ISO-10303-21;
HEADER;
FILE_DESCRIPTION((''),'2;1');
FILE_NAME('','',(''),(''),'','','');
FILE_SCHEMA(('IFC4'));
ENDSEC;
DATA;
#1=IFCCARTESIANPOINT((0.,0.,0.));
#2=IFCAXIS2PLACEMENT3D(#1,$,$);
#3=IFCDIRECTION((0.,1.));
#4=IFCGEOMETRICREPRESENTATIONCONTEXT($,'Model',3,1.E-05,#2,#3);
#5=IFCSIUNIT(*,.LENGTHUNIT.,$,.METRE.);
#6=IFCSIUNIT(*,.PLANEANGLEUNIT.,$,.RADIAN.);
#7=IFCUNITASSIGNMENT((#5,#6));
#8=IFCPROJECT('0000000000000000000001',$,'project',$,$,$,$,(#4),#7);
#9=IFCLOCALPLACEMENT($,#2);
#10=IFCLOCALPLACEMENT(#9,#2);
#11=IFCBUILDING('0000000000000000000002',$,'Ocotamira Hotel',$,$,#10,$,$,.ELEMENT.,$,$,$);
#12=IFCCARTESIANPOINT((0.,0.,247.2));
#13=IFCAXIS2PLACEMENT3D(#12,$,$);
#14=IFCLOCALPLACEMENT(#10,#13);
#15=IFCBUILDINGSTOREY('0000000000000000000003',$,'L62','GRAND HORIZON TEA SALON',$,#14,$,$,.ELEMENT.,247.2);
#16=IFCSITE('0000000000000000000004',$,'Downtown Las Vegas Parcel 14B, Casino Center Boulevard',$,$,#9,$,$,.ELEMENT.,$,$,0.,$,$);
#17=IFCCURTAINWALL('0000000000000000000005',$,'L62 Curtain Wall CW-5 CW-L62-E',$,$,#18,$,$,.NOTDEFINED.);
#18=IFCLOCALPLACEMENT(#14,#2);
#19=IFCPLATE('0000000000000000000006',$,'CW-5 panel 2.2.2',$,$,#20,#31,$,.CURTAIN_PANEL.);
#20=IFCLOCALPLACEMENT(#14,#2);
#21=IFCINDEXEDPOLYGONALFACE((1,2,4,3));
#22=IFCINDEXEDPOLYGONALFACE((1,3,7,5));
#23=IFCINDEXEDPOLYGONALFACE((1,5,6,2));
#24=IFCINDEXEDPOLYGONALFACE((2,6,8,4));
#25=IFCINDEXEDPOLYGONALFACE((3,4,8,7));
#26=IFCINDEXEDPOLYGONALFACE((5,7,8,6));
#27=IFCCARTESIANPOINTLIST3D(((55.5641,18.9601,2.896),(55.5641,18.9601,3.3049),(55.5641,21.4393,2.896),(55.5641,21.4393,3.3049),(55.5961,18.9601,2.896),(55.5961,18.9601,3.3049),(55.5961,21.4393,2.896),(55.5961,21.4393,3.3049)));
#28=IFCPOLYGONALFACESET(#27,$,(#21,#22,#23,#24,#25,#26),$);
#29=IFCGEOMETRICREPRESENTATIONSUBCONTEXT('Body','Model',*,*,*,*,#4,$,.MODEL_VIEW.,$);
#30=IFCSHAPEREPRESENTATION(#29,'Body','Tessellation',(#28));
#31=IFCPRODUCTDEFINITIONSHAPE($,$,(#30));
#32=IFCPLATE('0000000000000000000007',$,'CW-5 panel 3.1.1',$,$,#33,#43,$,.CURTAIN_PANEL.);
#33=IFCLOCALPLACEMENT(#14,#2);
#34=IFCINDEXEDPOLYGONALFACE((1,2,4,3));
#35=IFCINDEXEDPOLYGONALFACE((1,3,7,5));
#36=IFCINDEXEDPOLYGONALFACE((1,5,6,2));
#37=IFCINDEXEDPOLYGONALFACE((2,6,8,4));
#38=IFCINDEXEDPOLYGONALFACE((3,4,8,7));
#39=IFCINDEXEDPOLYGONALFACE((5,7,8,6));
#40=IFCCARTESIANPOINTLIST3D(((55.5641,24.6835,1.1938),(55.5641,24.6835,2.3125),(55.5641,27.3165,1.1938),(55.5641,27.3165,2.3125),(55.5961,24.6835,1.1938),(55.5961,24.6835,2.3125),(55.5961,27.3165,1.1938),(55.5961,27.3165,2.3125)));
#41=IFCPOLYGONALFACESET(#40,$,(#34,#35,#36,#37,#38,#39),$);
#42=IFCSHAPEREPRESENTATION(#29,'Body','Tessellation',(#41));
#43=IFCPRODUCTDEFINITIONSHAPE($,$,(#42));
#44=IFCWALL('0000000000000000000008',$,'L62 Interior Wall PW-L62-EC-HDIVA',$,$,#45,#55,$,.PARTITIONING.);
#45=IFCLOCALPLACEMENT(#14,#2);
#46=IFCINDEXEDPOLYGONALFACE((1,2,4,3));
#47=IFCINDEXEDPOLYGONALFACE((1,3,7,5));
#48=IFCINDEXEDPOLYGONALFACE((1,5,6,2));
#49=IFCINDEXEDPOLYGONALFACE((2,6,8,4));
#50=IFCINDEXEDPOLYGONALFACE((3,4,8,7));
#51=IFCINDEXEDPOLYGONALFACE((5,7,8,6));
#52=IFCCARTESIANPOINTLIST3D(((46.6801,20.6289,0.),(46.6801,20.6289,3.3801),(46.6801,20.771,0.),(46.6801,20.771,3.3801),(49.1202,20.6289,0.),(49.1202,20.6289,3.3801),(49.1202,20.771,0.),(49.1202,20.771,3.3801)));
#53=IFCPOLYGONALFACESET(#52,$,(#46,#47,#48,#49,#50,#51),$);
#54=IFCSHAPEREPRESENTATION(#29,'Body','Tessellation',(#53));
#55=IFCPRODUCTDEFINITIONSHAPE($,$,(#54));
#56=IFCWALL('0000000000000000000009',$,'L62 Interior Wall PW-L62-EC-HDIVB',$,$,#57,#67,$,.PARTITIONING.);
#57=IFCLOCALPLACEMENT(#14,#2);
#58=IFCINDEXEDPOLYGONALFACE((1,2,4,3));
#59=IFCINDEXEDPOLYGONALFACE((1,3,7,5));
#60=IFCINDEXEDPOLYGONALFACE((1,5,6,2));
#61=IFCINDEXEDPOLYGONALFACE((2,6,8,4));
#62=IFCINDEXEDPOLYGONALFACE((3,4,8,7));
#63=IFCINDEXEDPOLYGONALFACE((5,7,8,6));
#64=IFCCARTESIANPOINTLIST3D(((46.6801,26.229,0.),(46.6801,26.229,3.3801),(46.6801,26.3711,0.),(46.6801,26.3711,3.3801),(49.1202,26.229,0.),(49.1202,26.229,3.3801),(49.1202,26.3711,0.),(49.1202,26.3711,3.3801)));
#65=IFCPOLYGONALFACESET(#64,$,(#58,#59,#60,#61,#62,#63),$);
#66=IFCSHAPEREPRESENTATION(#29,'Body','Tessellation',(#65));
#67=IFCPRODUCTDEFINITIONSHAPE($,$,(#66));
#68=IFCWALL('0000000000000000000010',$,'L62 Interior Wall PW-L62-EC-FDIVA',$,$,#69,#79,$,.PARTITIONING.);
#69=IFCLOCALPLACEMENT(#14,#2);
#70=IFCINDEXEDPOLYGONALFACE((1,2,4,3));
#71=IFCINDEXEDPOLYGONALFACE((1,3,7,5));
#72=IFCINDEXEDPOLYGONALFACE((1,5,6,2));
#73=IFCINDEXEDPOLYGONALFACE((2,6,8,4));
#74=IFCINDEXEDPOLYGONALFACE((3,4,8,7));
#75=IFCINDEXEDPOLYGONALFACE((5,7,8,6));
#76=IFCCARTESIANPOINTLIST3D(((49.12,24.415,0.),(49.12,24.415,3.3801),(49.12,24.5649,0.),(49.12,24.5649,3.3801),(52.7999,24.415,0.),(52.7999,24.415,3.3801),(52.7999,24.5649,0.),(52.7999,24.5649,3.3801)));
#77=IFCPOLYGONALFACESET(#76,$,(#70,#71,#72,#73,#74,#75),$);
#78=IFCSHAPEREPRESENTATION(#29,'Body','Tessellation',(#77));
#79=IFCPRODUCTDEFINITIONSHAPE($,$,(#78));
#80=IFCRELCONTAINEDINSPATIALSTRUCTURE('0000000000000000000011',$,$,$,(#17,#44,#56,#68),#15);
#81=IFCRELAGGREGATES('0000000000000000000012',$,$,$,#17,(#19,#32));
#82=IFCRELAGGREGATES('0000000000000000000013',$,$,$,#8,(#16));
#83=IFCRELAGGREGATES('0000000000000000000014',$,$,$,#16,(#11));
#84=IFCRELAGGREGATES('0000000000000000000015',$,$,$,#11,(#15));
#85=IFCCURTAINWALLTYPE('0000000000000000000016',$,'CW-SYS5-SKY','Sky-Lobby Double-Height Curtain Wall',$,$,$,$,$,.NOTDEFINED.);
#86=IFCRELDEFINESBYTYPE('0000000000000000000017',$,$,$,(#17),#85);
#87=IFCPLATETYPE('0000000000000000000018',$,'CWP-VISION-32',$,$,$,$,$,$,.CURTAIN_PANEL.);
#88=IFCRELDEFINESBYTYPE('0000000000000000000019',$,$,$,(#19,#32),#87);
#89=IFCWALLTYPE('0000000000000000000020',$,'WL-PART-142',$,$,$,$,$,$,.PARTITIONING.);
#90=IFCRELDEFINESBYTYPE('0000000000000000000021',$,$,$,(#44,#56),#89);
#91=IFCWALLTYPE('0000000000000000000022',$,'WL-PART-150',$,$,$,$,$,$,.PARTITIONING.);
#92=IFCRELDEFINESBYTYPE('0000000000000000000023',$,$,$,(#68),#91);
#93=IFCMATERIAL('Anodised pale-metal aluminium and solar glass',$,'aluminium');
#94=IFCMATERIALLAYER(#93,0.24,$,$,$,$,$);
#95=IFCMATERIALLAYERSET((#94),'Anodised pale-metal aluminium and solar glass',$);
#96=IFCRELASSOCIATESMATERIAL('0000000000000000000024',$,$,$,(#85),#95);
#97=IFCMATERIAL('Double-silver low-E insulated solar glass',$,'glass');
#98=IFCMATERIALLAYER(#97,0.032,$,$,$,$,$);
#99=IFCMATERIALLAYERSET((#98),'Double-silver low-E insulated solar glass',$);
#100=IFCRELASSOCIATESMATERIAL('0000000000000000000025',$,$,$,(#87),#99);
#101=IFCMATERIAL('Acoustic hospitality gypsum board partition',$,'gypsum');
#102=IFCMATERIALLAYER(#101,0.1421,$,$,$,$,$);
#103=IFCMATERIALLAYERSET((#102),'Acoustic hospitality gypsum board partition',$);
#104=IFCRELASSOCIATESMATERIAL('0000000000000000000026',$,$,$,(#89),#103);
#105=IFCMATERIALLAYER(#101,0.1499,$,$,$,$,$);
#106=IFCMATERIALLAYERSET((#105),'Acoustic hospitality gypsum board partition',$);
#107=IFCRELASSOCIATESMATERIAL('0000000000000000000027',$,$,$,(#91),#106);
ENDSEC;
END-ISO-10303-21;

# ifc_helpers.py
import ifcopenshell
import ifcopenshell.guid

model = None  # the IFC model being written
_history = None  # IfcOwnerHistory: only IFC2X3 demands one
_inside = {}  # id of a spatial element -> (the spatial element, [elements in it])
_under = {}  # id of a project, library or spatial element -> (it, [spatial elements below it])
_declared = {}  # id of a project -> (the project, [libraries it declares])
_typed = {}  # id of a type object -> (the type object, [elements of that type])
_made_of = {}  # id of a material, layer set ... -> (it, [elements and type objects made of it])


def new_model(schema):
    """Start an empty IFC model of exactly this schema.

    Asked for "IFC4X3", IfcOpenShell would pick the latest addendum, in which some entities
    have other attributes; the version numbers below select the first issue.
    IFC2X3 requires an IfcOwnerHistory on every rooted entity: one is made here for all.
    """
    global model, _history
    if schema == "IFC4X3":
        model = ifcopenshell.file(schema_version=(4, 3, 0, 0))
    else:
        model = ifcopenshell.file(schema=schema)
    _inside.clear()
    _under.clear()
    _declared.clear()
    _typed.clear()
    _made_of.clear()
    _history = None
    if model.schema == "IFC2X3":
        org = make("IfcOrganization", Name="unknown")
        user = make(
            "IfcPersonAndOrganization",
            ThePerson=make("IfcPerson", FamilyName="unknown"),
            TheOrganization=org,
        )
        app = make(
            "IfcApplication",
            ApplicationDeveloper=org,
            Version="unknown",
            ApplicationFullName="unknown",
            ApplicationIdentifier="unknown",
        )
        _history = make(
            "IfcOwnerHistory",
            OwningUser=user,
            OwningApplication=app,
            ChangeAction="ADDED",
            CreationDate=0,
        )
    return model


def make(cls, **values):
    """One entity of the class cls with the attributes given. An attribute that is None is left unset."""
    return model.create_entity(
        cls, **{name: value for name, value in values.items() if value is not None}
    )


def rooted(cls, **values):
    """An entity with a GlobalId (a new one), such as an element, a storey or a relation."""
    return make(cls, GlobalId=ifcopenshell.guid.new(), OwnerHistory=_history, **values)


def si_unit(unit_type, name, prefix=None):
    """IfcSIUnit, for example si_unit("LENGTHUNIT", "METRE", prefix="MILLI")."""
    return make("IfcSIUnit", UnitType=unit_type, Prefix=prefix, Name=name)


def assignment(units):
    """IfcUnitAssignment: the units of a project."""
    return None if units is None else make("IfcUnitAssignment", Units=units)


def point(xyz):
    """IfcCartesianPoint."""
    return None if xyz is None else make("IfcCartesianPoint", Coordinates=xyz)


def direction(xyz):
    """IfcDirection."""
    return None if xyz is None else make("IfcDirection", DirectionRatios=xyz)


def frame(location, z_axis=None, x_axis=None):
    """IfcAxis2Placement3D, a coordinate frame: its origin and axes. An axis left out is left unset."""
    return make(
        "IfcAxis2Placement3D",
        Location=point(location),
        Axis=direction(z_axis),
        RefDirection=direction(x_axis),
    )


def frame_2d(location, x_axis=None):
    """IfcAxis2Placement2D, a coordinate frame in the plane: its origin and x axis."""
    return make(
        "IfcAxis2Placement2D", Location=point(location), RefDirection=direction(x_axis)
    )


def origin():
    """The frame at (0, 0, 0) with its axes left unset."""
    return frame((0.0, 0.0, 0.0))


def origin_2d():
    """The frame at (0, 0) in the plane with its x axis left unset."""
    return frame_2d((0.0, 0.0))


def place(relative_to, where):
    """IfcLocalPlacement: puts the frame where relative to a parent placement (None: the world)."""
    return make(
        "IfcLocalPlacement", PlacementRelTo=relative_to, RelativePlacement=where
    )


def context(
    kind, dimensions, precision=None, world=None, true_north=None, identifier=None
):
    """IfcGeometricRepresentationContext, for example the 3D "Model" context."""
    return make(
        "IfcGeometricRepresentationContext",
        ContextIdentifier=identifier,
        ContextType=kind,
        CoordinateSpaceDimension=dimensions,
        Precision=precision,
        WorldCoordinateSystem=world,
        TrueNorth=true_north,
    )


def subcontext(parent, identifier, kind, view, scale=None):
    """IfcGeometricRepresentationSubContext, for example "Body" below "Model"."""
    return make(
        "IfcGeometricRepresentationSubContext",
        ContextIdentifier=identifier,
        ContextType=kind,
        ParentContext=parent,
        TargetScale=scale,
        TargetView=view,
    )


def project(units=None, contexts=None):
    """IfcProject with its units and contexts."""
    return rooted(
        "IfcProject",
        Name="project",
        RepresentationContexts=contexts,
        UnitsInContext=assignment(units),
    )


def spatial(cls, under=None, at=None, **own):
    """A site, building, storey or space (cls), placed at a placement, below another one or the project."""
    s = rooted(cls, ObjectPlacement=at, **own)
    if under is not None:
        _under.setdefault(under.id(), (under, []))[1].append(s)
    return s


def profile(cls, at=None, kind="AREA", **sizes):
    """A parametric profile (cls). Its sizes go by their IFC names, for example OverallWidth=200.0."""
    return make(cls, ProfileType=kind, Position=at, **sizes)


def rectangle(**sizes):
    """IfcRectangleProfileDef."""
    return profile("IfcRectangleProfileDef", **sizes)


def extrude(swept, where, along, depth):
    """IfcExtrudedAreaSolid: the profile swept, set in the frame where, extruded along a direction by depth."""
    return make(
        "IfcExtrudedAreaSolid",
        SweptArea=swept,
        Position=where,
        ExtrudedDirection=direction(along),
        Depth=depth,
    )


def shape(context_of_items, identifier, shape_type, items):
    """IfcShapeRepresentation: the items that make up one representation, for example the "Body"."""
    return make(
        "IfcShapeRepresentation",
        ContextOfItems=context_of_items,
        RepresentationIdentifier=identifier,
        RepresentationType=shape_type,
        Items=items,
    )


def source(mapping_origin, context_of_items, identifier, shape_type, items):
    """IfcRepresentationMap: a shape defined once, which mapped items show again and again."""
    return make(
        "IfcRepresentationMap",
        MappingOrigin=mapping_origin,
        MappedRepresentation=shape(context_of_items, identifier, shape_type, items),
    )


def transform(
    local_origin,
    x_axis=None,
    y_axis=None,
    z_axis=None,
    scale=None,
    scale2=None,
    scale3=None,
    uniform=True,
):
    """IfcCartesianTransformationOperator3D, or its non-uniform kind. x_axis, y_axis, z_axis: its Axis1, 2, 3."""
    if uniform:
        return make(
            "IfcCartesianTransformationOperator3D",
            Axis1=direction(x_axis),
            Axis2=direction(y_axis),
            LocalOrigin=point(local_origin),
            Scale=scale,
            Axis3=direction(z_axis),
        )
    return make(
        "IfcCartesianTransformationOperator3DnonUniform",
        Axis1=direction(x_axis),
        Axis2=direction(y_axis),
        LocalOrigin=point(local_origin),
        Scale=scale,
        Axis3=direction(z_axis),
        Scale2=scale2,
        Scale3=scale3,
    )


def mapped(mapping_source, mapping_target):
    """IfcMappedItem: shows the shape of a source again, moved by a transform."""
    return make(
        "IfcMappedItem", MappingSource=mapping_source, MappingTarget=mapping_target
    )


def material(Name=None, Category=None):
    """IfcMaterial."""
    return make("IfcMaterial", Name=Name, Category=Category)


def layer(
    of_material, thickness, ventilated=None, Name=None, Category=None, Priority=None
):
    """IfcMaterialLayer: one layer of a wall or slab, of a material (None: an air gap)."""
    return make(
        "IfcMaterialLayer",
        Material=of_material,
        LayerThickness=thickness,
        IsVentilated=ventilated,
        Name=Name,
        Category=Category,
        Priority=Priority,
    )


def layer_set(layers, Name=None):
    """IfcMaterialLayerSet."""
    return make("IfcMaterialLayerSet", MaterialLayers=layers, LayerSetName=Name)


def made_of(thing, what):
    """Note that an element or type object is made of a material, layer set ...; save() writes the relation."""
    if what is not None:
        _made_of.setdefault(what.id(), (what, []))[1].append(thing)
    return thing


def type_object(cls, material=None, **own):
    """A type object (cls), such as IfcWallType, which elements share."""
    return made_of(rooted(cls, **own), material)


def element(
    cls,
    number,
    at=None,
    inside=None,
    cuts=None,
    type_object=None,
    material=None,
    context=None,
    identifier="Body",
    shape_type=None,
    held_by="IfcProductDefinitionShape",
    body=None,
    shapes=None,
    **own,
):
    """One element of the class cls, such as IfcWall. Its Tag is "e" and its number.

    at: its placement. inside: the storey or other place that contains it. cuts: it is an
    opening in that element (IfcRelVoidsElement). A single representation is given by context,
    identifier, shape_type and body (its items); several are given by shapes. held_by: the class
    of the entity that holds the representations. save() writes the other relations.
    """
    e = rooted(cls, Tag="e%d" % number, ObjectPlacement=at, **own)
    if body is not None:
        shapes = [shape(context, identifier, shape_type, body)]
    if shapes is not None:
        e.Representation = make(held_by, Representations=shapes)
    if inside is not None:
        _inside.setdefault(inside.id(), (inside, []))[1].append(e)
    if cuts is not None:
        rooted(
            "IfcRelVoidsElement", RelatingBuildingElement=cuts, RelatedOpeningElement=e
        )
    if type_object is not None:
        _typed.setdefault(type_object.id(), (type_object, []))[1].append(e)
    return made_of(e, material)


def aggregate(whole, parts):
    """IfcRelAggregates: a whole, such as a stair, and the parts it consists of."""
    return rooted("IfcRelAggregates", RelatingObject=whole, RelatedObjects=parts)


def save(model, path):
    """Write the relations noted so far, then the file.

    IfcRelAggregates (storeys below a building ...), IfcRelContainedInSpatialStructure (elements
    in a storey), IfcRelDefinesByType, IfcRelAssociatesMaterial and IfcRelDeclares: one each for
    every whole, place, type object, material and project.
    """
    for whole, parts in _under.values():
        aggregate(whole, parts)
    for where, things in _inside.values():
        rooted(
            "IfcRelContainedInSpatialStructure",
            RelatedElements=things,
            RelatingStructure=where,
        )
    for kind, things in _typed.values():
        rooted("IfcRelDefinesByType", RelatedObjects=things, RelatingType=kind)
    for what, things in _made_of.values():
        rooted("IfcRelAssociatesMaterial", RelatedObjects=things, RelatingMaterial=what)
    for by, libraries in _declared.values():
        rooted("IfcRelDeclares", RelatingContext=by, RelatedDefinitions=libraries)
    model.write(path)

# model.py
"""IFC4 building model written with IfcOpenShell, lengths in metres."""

from ifc_helpers import new_model, si_unit, direction, frame, frame_2d, origin, origin_2d, place, context, subcontext, project, spatial, rectangle, extrude, source, transform, mapped, material, layer, layer_set, type_object, element, aggregate, save


model = new_model("IFC4")

# Units and contexts
model_context = context("Model", 3, precision=1e-05, world=origin(), true_north=direction((0.0, 1.0)))
body_context = subcontext(model_context, "Body", "Model", "MODEL_VIEW")
ifc_project = project(units=[si_unit("LENGTHUNIT", "METRE"), si_unit("PLANEANGLEUNIT", "RADIAN")], contexts=[model_context])

# Site, building, storey
site_placement = place(None, origin())
site = spatial("IfcSite", under=ifc_project, at=site_placement, Name="Downtown Las Vegas Parcel 14B, Casino Center Boulevard", CompositionType="ELEMENT", RefElevation=0.0)
building_placement = place(site_placement, origin())
building = spatial("IfcBuilding", under=site, at=building_placement, Name="Ocotamira Hotel", CompositionType="ELEMENT")
storey_placement = place(building_placement, frame((0.0, 0.0, 247.2)))
storey = spatial("IfcBuildingStorey", under=building, at=storey_placement, Name="L62", Description="GRAND HORIZON TEA SALON", CompositionType="ELEMENT", Elevation=247.2)

# Curtain wall
ifc_material_1 = material(Name="Anodised pale-metal aluminium and solar glass", Category="aluminium")
ifc_layer_1 = layer(ifc_material_1, 0.24)
ifc_layer_set_1 = layer_set([ifc_layer_1], Name="Anodised pale-metal aluminium and solar glass")
curtain_wall_type = type_object("IfcCurtainWallType", Name="CW-SYS5-SKY", Description="Sky-Lobby Double-Height Curtain Wall", PredefinedType="NOTDEFINED", material=ifc_layer_set_1)
curtain_wall_placement = place(storey_placement, origin())
curtain_wall = element("IfcCurtainWall", 1, at=curtain_wall_placement, inside=storey, type_object=curtain_wall_type, Name="L62 Curtain Wall CW-5 CW-L62-E", PredefinedType="NOTDEFINED")

# Plates
ifc_material_2 = material(Name="Double-silver low-E insulated solar glass", Category="glass")
ifc_layer_2 = layer(ifc_material_2, 0.032)
ifc_layer_set_2 = layer_set([ifc_layer_2], Name="Double-silver low-E insulated solar glass")
plate_type_1 = type_object("IfcPlateType", Name="CWP-VISION-32", PredefinedType="CURTAIN_PANEL", material=ifc_layer_set_2)
shared_shape_1 = source(origin(), body_context, "Body", "SweptSolid", [
    extrude(rectangle(XDim=2.4792, YDim=0.032, at=origin_2d()), origin(), (0.0, 0.0, 1.0), 0.4089),
])
plate_1_placement = place(storey_placement, frame((55.5801, 20.1997, 2.896), z_axis=(0.0, 0.0, 1.0), x_axis=(0.0, 1.0, 0.0)))
plate_1 = element("IfcPlate", 2, at=plate_1_placement, type_object=plate_type_1, Name="CW-5 panel 2.2.2", PredefinedType="CURTAIN_PANEL", context=body_context, shape_type="MappedRepresentation", body=[
    mapped(shared_shape_1, transform((0.0, 0.0, 0.0), scale=1.0)),
])
shared_shape_2 = source(origin(), body_context, "Body", "SweptSolid", [
    extrude(rectangle(XDim=2.6331, YDim=0.032, at=origin_2d()), origin(), (0.0, 0.0, 1.0), 1.1187),
])
plate_2_placement = place(storey_placement, frame((55.5801, 26.0, 1.1938), z_axis=(0.0, 0.0, 1.0), x_axis=(0.0, 1.0, 0.0)))
plate_2 = element("IfcPlate", 3, at=plate_2_placement, type_object=plate_type_1, Name="CW-5 panel 3.1.1", PredefinedType="CURTAIN_PANEL", context=body_context, shape_type="MappedRepresentation", body=[
    mapped(shared_shape_2, transform((0.0, 0.0, 0.0), scale=1.0)),
])
aggregate(curtain_wall, [plate_1, plate_2])

# Walls
ifc_material_3 = material(Name="Acoustic hospitality gypsum board partition", Category="gypsum")
ifc_layer_3 = layer(ifc_material_3, 0.1421)
ifc_layer_set_3 = layer_set([ifc_layer_3], Name="Acoustic hospitality gypsum board partition")
wall_type_1 = type_object("IfcWallType", Name="WL-PART-142", PredefinedType="PARTITIONING", material=ifc_layer_set_3)
for number, where, z_axis, x_axis, name in (
    (4, (46.6799, 20.7, 0.0), (0.0, 0.0, 1.0), (1.0, 0.0, 0.0), "L62 Interior Wall PW-L62-EC-HDIVA"),
    (5, (46.6799, 26.3, 0.0), (0.0, 0.0, 1.0), (1.0, 0.0, 0.0), "L62 Interior Wall PW-L62-EC-HDIVB"),
):
    element("IfcWall", number, at=place(storey_placement, frame(where, z_axis=z_axis, x_axis=x_axis)), inside=storey, type_object=wall_type_1, Name=name, PredefinedType="PARTITIONING", context=body_context, shape_type="SweptSolid", body=[
        extrude(rectangle(XDim=2.4402, YDim=0.1421, at=frame_2d((1.2202, 0.0))), origin(), (0.0, 0.0, 1.0), 3.3801),
    ])
ifc_layer_4 = layer(ifc_material_3, 0.1499)
ifc_layer_set_4 = layer_set([ifc_layer_4], Name="Acoustic hospitality gypsum board partition")
wall_type_2 = type_object("IfcWallType", Name="WL-PART-150", PredefinedType="PARTITIONING", material=ifc_layer_set_4)
wall_placement = place(storey_placement, frame((49.1201, 24.49, 0.0), z_axis=(0.0, 0.0, 1.0), x_axis=(1.0, 0.0, 0.0)))
element("IfcWall", 6, at=wall_placement, inside=storey, type_object=wall_type_2, Name="L62 Interior Wall PW-L62-EC-FDIVA", PredefinedType="PARTITIONING", context=body_context, shape_type="SweptSolid", body=[
    extrude(rectangle(XDim=3.6799, YDim=0.1499, at=frame_2d((1.8398, 0.0))), origin(), (0.0, 0.0, 1.0), 3.3801),
])

save(model, "model.ifc")
